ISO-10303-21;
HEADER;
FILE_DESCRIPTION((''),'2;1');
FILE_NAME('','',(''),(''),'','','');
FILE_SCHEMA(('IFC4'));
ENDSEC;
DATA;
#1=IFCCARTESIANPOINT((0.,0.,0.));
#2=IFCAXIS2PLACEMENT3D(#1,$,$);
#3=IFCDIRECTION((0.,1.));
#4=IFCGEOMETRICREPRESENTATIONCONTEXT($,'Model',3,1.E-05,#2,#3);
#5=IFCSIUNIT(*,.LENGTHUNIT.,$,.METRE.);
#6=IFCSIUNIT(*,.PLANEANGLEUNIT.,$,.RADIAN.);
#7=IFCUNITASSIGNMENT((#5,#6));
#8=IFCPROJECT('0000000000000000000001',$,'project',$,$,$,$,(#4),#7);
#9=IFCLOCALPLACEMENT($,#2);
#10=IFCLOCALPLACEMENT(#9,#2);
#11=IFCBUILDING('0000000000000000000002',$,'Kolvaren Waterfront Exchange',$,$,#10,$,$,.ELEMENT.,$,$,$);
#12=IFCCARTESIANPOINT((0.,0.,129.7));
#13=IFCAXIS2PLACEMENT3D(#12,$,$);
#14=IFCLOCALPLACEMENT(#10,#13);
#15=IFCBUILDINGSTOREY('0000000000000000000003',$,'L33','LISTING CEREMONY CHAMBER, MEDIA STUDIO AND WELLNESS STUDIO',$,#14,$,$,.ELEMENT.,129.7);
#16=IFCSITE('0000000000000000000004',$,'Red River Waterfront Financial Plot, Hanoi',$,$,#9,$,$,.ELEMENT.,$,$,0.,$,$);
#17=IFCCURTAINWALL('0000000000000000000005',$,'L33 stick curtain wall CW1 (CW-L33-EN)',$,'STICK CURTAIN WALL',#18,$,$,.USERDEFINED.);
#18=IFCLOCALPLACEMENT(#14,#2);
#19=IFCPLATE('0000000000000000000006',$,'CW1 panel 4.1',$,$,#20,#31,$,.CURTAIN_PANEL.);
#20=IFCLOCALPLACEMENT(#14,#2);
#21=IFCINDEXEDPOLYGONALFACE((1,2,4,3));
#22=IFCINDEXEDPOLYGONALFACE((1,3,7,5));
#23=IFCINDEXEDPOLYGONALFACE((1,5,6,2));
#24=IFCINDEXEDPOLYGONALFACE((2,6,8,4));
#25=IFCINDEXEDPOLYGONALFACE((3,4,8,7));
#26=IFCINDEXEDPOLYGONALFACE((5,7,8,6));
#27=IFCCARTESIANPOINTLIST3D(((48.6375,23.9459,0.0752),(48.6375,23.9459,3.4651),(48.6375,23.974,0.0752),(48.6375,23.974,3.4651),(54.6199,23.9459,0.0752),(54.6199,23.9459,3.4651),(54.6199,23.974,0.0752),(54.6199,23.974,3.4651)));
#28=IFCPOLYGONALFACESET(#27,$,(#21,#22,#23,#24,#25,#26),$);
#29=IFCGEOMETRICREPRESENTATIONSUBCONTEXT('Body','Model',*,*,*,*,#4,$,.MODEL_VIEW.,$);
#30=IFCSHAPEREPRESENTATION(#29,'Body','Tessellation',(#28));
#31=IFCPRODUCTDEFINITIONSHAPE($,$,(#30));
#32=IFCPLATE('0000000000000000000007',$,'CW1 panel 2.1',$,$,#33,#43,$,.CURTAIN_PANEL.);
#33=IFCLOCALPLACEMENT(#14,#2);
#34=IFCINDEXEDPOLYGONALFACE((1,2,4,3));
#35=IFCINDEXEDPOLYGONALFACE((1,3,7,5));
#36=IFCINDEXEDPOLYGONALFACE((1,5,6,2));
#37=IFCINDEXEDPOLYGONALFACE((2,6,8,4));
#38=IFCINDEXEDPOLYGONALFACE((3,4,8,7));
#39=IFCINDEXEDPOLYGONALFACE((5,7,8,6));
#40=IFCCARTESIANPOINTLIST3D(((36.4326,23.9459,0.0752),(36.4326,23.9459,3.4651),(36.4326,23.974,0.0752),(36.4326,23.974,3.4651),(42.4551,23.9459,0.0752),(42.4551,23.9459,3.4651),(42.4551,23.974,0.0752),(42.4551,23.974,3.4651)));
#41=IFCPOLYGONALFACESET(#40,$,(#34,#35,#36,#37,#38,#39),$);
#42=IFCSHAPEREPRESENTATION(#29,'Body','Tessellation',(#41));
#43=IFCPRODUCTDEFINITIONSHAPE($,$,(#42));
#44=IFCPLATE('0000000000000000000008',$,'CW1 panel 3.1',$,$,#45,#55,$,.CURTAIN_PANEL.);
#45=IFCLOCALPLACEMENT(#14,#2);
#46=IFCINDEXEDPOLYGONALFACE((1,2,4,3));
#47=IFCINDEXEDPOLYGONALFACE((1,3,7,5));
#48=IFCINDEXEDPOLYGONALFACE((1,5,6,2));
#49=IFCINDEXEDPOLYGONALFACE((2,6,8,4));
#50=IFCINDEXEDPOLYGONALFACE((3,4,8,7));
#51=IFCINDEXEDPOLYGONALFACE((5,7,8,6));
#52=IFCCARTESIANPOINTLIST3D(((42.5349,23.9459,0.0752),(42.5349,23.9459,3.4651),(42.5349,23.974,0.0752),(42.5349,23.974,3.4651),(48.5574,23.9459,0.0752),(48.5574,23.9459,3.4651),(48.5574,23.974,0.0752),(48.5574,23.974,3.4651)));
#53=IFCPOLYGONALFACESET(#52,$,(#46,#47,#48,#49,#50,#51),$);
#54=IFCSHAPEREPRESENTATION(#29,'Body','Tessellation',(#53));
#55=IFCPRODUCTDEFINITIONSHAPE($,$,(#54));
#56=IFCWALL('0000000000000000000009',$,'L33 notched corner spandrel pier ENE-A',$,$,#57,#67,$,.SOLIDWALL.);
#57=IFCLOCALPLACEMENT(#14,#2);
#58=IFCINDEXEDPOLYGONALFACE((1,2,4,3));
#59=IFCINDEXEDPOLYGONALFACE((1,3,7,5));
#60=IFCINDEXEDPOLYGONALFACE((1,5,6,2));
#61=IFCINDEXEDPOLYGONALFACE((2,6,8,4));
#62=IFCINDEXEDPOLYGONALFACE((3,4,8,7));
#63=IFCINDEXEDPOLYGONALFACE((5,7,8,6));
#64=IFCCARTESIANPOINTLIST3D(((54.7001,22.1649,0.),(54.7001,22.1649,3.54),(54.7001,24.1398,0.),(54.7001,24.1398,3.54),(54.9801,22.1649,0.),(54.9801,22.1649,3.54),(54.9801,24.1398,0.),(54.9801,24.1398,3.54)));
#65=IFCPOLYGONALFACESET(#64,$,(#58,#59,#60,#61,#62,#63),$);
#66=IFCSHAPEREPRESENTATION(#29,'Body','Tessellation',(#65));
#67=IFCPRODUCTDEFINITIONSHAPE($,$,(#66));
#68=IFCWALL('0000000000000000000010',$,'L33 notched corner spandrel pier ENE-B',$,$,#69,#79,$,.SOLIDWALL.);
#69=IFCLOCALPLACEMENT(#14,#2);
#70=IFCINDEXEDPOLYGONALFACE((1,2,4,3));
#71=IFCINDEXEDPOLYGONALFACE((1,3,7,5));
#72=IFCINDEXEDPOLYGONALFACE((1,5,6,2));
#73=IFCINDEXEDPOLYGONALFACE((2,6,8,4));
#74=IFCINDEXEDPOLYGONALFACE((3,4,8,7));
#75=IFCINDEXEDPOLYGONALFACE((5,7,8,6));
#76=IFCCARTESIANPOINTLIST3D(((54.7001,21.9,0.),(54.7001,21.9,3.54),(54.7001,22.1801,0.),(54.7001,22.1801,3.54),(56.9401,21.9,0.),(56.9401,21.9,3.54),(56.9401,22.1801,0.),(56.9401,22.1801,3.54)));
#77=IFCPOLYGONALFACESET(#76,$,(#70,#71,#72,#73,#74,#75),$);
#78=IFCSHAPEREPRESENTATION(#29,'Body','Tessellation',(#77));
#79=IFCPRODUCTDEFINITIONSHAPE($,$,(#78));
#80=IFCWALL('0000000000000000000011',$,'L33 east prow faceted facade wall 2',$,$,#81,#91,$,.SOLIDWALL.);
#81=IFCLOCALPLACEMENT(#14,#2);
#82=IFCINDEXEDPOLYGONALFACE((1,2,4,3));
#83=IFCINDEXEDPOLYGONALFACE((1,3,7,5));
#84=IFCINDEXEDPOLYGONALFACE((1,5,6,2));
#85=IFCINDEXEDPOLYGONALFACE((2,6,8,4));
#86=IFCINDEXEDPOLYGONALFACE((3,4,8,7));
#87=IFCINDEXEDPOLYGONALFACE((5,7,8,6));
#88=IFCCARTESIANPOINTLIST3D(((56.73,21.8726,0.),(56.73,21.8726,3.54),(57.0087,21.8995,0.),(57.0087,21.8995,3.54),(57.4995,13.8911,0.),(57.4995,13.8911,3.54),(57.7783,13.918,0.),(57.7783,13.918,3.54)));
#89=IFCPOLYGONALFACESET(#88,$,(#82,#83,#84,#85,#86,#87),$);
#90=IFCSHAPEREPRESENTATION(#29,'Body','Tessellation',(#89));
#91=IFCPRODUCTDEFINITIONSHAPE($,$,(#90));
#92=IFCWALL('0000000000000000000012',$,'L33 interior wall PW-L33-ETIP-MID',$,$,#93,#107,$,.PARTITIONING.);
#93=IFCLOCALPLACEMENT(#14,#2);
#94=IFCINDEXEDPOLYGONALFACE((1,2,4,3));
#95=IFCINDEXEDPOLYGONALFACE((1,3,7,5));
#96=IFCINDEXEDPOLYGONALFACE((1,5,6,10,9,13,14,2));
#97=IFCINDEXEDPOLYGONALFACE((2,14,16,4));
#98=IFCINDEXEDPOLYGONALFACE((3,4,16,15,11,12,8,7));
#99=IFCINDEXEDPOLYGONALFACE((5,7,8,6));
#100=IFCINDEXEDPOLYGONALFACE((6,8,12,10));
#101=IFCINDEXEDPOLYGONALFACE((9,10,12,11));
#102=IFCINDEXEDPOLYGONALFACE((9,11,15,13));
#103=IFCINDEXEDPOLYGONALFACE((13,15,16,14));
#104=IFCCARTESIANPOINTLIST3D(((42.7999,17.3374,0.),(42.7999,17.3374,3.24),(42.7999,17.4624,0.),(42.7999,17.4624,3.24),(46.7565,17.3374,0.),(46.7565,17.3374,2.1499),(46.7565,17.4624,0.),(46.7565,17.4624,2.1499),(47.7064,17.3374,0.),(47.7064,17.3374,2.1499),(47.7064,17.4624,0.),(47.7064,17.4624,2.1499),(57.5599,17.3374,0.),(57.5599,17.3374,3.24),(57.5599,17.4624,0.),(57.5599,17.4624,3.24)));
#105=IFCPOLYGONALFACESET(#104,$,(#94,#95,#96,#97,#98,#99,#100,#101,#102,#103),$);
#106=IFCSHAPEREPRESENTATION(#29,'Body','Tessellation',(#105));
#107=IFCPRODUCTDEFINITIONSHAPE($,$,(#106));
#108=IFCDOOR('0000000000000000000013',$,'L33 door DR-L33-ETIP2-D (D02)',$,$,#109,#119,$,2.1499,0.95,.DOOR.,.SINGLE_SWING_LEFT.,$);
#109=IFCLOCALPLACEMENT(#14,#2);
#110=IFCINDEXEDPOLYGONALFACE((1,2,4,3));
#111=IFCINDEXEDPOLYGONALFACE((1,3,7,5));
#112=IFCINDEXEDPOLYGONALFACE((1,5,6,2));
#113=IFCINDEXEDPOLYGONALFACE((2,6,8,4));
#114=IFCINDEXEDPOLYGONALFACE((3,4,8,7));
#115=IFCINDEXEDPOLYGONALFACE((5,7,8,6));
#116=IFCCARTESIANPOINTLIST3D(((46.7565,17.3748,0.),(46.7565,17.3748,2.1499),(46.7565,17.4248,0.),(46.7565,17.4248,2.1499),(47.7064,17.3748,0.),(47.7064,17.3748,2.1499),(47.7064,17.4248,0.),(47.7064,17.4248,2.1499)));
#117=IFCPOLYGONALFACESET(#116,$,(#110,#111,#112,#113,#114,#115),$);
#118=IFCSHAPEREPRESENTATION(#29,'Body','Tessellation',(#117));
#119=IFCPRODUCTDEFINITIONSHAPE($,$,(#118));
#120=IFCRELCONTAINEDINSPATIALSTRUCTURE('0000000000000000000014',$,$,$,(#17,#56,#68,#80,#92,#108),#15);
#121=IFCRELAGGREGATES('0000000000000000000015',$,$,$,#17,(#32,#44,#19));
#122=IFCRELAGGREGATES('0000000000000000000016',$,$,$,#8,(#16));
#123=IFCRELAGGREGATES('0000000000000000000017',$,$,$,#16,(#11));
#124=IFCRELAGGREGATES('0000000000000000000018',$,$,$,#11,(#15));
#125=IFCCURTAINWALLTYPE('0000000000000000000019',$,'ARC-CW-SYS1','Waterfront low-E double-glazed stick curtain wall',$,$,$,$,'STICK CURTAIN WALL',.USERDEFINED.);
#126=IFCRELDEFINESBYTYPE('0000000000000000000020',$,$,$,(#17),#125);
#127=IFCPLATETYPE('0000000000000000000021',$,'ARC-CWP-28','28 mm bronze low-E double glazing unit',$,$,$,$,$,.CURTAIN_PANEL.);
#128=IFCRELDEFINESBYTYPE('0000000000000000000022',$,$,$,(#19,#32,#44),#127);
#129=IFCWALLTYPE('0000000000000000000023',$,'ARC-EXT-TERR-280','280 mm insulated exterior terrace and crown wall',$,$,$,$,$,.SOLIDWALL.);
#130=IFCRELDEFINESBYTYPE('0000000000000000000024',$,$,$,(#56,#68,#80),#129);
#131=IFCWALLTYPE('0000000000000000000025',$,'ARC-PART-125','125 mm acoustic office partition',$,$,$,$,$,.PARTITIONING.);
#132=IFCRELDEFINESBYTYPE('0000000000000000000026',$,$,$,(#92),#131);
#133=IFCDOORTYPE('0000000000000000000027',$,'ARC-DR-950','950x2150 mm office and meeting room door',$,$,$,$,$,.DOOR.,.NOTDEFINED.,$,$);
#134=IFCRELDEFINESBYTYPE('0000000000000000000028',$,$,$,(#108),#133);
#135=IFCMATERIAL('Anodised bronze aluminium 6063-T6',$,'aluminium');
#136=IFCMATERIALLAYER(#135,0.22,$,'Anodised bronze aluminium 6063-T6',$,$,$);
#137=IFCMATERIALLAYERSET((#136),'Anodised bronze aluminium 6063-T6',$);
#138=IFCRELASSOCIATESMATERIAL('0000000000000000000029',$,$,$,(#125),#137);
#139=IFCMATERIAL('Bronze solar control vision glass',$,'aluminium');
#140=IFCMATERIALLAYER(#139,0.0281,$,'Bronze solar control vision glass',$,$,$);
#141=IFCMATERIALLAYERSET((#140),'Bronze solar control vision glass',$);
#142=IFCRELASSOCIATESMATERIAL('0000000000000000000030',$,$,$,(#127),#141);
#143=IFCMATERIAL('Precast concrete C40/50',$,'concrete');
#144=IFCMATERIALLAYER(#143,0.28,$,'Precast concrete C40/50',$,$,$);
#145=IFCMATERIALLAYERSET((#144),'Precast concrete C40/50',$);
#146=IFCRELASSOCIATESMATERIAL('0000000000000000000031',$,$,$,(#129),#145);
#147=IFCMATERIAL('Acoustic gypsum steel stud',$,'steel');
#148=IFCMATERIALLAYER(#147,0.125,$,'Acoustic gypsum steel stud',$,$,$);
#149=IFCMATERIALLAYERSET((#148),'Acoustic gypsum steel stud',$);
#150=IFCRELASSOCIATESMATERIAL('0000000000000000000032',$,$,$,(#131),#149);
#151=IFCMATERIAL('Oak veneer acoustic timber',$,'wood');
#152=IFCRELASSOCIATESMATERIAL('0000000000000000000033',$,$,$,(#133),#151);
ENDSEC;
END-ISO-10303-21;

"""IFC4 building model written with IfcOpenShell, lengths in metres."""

from ifc_helpers import new_model, si_unit, direction, frame, frame_2d, origin, origin_with_axes, origin_2d, place, context, subcontext, project, spatial, rectangle, extrude, source, transform, mapped, material, layer, layer_set, type_object, element, fill, aggregate, save


model = new_model("IFC4")

# Units and contexts
model_context = context("Model", 3, precision=1e-05, world=origin(), true_north=direction((0.0, 1.0)))
body_context = subcontext(model_context, "Body", "Model", "MODEL_VIEW")
ifc_project = project(units=[si_unit("LENGTHUNIT", "METRE"), si_unit("PLANEANGLEUNIT", "RADIAN")], contexts=[model_context])

# Site, building, storey
site_placement = place(None, origin())
site = spatial("IfcSite", under=ifc_project, at=site_placement, Name="Red River Waterfront Financial Plot, Hanoi", CompositionType="ELEMENT", RefElevation=0.0)
building_placement = place(site_placement, origin())
building = spatial("IfcBuilding", under=site, at=building_placement, Name="Kolvaren Waterfront Exchange", CompositionType="ELEMENT")
storey_placement = place(building_placement, frame((0.0, 0.0, 129.7)))
storey = spatial("IfcBuildingStorey", under=building, at=storey_placement, Name="L33", Description="LISTING CEREMONY CHAMBER, MEDIA STUDIO AND WELLNESS STUDIO", CompositionType="ELEMENT", Elevation=129.7)

# Curtain wall, plates
ifc_material_1 = material(Name="Anodised bronze aluminium 6063-T6", Category="aluminium")
ifc_layer_1 = layer(ifc_material_1, 0.22, Name="Anodised bronze aluminium 6063-T6")
ifc_layer_set_1 = layer_set([ifc_layer_1], Name="Anodised bronze aluminium 6063-T6")
curtain_wall_type = type_object("IfcCurtainWallType", Name="ARC-CW-SYS1", Description="Waterfront low-E double-glazed stick curtain wall", ElementType="STICK CURTAIN WALL", PredefinedType="USERDEFINED", material=ifc_layer_set_1)
curtain_wall_placement = place(storey_placement, origin())
curtain_wall = element("IfcCurtainWall", 1, at=curtain_wall_placement, inside=storey, type_object=curtain_wall_type, Name="L33 stick curtain wall CW1 (CW-L33-EN)", ObjectType="STICK CURTAIN WALL", PredefinedType="USERDEFINED")
ifc_material_2 = material(Name="Bronze solar control vision glass", Category="aluminium")
ifc_layer_2 = layer(ifc_material_2, 0.0281, Name="Bronze solar control vision glass")
ifc_layer_set_2 = layer_set([ifc_layer_2], Name="Bronze solar control vision glass")
plate_type = type_object("IfcPlateType", Name="ARC-CWP-28", Description="28 mm bronze low-E double glazing unit", PredefinedType="CURTAIN_PANEL", material=ifc_layer_set_2)
shared_shape_1 = source(origin_with_axes(), body_context, "Body", "SweptSolid", [
    extrude(rectangle(XDim=5.9824, YDim=0.0281, at=origin_2d()), origin(), (0.0, 0.0, 1.0), 3.3899),
])
plate_1_placement = place(storey_placement, frame((51.6287, 23.96, 0.0752), z_axis=(0.0, 0.0, 1.0), x_axis=(1.0, 0.0, 0.0)))
plate_1 = element("IfcPlate", 2, at=plate_1_placement, type_object=plate_type, Name="CW1 panel 4.1", PredefinedType="CURTAIN_PANEL", context=body_context, shape_type="MappedRepresentation", body=[
    mapped(shared_shape_1, transform((0.0, 0.0, 0.0), x_axis=(1.0, 0.0, 0.0), y_axis=(0.0, 1.0, 0.0), z_axis=(0.0, 0.0, 1.0), scale=1.0)),
])
shared_shape_2 = source(origin_with_axes(), body_context, "Body", "SweptSolid", [
    extrude(rectangle(XDim=6.0225, YDim=0.0281, at=origin_2d()), origin(), (0.0, 0.0, 1.0), 3.3899),
])
plate_2_placement = place(storey_placement, frame((39.4438, 23.96, 0.0752), z_axis=(0.0, 0.0, 1.0), x_axis=(1.0, 0.0, 0.0)))
plate_2 = element("IfcPlate", 3, at=plate_2_placement, type_object=plate_type, Name="CW1 panel 2.1", PredefinedType="CURTAIN_PANEL", context=body_context, shape_type="MappedRepresentation", body=[
    mapped(shared_shape_2, transform((0.0, 0.0, 0.0), x_axis=(1.0, 0.0, 0.0), y_axis=(0.0, 1.0, 0.0), z_axis=(0.0, 0.0, 1.0), scale=1.0)),
])
plate_3_placement = place(storey_placement, frame((45.5461, 23.96, 0.0752), z_axis=(0.0, 0.0, 1.0), x_axis=(1.0, 0.0, 0.0)))
plate_3 = element("IfcPlate", 4, at=plate_3_placement, type_object=plate_type, Name="CW1 panel 3.1", PredefinedType="CURTAIN_PANEL", context=body_context, shape_type="MappedRepresentation", body=[
    mapped(shared_shape_2, transform((0.0, 0.0, 0.0), x_axis=(1.0, 0.0, 0.0), y_axis=(0.0, 1.0, 0.0), z_axis=(0.0, 0.0, 1.0), scale=1.0)),
])
aggregate(curtain_wall, [plate_2, plate_3, plate_1])

# Walls
ifc_material_3 = material(Name="Precast concrete C40/50", Category="concrete")
ifc_layer_3 = layer(ifc_material_3, 0.28, Name="Precast concrete C40/50")
ifc_layer_set_3 = layer_set([ifc_layer_3], Name="Precast concrete C40/50")
wall_type_1 = type_object("IfcWallType", Name="ARC-EXT-TERR-280", Description="280 mm insulated exterior terrace and crown wall", PredefinedType="SOLIDWALL", material=ifc_layer_set_3)
wall_1_placement = place(storey_placement, frame((54.8401, 22.165, 0.0), z_axis=(0.0, 0.0, 1.0), x_axis=(0.0, 1.0, 0.0)))
element("IfcWall", 5, at=wall_1_placement, inside=storey, type_object=wall_type_1, Name="L33 notched corner spandrel pier ENE-A", PredefinedType="SOLIDWALL", context=body_context, shape_type="SweptSolid", body=[
    extrude(rectangle(XDim=1.9749, YDim=0.28, at=frame_2d((0.9873, 0.0))), origin(), (0.0, 0.0, 1.0), 3.54),
])
wall_2_placement = place(storey_placement, frame((54.7, 22.04, 0.0), z_axis=(0.0, 0.0, 1.0), x_axis=(1.0, 0.0, 0.0)))
element("IfcWall", 6, at=wall_2_placement, inside=storey, type_object=wall_type_1, Name="L33 notched corner spandrel pier ENE-B", PredefinedType="SOLIDWALL", context=body_context, shape_type="SweptSolid", body=[
    extrude(rectangle(XDim=2.24, YDim=0.28, at=frame_2d((1.1201, 0.0))), origin(), (0.0, 0.0, 1.0), 3.54),
])
wall_3_placement = place(storey_placement, frame((57.6389, 13.9045, 0.0), z_axis=(0.0, 0.0, 1.0), x_axis=(-0.09597, 0.995384, 0.0)))
element("IfcWall", 7, at=wall_3_placement, inside=storey, type_object=wall_type_1, Name="L33 east prow faceted facade wall 2", PredefinedType="SOLIDWALL", context=body_context, shape_type="SweptSolid", body=[
    extrude(rectangle(XDim=8.0186, YDim=0.28, at=frame_2d((4.0093, 0.0))), origin(), (0.0, 0.0, 1.0), 3.54),
])

# Wall, opening, door
ifc_material_4 = material(Name="Acoustic gypsum steel stud", Category="steel")
ifc_layer_4 = layer(ifc_material_4, 0.125, Name="Acoustic gypsum steel stud")
ifc_layer_set_4 = layer_set([ifc_layer_4], Name="Acoustic gypsum steel stud")
wall_type_2 = type_object("IfcWallType", Name="ARC-PART-125", Description="125 mm acoustic office partition", PredefinedType="PARTITIONING", material=ifc_layer_set_4)
wall_4_placement = place(storey_placement, frame((42.8, 17.3999, 0.0), z_axis=(0.0, 0.0, 1.0), x_axis=(1.0, 0.0, 0.0)))
wall_4 = element("IfcWall", 8, at=wall_4_placement, inside=storey, type_object=wall_type_2, Name="L33 interior wall PW-L33-ETIP-MID", PredefinedType="PARTITIONING", context=body_context, shape_type="SweptSolid", body=[
    extrude(rectangle(XDim=14.76, YDim=0.125, at=frame_2d((7.3799, 0.0))), origin(), (0.0, 0.0, 1.0), 3.24),
])
opening_placement = place(wall_4_placement, frame((3.9563, 0.0, 0.0)))
opening = element("IfcOpeningElement", 9, at=opening_placement, cuts=wall_4, PredefinedType="OPENING", context=body_context, shape_type="SweptSolid", body=[
    extrude(rectangle(XDim=0.95, YDim=2.1499, at=frame_2d((0.4751, 1.075))), frame((0.0, 0.0725, 0.0), z_axis=(0.0, -1.0, 0.0), x_axis=(1.0, 0.0, 0.0)), (0.0, 0.0, 1.0), 0.145),
])
ifc_material_5 = material(Name="Oak veneer acoustic timber", Category="wood")
door_type = type_object("IfcDoorType", Name="ARC-DR-950", Description="950x2150 mm office and meeting room door", OperationType="NOTDEFINED", PredefinedType="DOOR", material=ifc_material_5)
door_placement = place(opening_placement, origin())
door = element("IfcDoor", 10, at=door_placement, inside=storey, type_object=door_type, Name="L33 door DR-L33-ETIP2-D (D02)", OperationType="SINGLE_SWING_LEFT", OverallHeight=2.1499, OverallWidth=0.95, PredefinedType="DOOR", context=body_context, shape_type="SweptSolid", body=[
    extrude(rectangle(XDim=0.95, YDim=2.1499, at=frame_2d((0.4751, 1.075))), frame((0.0, 0.0249, 0.0), z_axis=(0.0, -1.0, 0.0), x_axis=(1.0, 0.0, 0.0)), (0.0, 0.0, 1.0), 0.05),
])
fill(opening, door)

save(model, "model.ifc")
